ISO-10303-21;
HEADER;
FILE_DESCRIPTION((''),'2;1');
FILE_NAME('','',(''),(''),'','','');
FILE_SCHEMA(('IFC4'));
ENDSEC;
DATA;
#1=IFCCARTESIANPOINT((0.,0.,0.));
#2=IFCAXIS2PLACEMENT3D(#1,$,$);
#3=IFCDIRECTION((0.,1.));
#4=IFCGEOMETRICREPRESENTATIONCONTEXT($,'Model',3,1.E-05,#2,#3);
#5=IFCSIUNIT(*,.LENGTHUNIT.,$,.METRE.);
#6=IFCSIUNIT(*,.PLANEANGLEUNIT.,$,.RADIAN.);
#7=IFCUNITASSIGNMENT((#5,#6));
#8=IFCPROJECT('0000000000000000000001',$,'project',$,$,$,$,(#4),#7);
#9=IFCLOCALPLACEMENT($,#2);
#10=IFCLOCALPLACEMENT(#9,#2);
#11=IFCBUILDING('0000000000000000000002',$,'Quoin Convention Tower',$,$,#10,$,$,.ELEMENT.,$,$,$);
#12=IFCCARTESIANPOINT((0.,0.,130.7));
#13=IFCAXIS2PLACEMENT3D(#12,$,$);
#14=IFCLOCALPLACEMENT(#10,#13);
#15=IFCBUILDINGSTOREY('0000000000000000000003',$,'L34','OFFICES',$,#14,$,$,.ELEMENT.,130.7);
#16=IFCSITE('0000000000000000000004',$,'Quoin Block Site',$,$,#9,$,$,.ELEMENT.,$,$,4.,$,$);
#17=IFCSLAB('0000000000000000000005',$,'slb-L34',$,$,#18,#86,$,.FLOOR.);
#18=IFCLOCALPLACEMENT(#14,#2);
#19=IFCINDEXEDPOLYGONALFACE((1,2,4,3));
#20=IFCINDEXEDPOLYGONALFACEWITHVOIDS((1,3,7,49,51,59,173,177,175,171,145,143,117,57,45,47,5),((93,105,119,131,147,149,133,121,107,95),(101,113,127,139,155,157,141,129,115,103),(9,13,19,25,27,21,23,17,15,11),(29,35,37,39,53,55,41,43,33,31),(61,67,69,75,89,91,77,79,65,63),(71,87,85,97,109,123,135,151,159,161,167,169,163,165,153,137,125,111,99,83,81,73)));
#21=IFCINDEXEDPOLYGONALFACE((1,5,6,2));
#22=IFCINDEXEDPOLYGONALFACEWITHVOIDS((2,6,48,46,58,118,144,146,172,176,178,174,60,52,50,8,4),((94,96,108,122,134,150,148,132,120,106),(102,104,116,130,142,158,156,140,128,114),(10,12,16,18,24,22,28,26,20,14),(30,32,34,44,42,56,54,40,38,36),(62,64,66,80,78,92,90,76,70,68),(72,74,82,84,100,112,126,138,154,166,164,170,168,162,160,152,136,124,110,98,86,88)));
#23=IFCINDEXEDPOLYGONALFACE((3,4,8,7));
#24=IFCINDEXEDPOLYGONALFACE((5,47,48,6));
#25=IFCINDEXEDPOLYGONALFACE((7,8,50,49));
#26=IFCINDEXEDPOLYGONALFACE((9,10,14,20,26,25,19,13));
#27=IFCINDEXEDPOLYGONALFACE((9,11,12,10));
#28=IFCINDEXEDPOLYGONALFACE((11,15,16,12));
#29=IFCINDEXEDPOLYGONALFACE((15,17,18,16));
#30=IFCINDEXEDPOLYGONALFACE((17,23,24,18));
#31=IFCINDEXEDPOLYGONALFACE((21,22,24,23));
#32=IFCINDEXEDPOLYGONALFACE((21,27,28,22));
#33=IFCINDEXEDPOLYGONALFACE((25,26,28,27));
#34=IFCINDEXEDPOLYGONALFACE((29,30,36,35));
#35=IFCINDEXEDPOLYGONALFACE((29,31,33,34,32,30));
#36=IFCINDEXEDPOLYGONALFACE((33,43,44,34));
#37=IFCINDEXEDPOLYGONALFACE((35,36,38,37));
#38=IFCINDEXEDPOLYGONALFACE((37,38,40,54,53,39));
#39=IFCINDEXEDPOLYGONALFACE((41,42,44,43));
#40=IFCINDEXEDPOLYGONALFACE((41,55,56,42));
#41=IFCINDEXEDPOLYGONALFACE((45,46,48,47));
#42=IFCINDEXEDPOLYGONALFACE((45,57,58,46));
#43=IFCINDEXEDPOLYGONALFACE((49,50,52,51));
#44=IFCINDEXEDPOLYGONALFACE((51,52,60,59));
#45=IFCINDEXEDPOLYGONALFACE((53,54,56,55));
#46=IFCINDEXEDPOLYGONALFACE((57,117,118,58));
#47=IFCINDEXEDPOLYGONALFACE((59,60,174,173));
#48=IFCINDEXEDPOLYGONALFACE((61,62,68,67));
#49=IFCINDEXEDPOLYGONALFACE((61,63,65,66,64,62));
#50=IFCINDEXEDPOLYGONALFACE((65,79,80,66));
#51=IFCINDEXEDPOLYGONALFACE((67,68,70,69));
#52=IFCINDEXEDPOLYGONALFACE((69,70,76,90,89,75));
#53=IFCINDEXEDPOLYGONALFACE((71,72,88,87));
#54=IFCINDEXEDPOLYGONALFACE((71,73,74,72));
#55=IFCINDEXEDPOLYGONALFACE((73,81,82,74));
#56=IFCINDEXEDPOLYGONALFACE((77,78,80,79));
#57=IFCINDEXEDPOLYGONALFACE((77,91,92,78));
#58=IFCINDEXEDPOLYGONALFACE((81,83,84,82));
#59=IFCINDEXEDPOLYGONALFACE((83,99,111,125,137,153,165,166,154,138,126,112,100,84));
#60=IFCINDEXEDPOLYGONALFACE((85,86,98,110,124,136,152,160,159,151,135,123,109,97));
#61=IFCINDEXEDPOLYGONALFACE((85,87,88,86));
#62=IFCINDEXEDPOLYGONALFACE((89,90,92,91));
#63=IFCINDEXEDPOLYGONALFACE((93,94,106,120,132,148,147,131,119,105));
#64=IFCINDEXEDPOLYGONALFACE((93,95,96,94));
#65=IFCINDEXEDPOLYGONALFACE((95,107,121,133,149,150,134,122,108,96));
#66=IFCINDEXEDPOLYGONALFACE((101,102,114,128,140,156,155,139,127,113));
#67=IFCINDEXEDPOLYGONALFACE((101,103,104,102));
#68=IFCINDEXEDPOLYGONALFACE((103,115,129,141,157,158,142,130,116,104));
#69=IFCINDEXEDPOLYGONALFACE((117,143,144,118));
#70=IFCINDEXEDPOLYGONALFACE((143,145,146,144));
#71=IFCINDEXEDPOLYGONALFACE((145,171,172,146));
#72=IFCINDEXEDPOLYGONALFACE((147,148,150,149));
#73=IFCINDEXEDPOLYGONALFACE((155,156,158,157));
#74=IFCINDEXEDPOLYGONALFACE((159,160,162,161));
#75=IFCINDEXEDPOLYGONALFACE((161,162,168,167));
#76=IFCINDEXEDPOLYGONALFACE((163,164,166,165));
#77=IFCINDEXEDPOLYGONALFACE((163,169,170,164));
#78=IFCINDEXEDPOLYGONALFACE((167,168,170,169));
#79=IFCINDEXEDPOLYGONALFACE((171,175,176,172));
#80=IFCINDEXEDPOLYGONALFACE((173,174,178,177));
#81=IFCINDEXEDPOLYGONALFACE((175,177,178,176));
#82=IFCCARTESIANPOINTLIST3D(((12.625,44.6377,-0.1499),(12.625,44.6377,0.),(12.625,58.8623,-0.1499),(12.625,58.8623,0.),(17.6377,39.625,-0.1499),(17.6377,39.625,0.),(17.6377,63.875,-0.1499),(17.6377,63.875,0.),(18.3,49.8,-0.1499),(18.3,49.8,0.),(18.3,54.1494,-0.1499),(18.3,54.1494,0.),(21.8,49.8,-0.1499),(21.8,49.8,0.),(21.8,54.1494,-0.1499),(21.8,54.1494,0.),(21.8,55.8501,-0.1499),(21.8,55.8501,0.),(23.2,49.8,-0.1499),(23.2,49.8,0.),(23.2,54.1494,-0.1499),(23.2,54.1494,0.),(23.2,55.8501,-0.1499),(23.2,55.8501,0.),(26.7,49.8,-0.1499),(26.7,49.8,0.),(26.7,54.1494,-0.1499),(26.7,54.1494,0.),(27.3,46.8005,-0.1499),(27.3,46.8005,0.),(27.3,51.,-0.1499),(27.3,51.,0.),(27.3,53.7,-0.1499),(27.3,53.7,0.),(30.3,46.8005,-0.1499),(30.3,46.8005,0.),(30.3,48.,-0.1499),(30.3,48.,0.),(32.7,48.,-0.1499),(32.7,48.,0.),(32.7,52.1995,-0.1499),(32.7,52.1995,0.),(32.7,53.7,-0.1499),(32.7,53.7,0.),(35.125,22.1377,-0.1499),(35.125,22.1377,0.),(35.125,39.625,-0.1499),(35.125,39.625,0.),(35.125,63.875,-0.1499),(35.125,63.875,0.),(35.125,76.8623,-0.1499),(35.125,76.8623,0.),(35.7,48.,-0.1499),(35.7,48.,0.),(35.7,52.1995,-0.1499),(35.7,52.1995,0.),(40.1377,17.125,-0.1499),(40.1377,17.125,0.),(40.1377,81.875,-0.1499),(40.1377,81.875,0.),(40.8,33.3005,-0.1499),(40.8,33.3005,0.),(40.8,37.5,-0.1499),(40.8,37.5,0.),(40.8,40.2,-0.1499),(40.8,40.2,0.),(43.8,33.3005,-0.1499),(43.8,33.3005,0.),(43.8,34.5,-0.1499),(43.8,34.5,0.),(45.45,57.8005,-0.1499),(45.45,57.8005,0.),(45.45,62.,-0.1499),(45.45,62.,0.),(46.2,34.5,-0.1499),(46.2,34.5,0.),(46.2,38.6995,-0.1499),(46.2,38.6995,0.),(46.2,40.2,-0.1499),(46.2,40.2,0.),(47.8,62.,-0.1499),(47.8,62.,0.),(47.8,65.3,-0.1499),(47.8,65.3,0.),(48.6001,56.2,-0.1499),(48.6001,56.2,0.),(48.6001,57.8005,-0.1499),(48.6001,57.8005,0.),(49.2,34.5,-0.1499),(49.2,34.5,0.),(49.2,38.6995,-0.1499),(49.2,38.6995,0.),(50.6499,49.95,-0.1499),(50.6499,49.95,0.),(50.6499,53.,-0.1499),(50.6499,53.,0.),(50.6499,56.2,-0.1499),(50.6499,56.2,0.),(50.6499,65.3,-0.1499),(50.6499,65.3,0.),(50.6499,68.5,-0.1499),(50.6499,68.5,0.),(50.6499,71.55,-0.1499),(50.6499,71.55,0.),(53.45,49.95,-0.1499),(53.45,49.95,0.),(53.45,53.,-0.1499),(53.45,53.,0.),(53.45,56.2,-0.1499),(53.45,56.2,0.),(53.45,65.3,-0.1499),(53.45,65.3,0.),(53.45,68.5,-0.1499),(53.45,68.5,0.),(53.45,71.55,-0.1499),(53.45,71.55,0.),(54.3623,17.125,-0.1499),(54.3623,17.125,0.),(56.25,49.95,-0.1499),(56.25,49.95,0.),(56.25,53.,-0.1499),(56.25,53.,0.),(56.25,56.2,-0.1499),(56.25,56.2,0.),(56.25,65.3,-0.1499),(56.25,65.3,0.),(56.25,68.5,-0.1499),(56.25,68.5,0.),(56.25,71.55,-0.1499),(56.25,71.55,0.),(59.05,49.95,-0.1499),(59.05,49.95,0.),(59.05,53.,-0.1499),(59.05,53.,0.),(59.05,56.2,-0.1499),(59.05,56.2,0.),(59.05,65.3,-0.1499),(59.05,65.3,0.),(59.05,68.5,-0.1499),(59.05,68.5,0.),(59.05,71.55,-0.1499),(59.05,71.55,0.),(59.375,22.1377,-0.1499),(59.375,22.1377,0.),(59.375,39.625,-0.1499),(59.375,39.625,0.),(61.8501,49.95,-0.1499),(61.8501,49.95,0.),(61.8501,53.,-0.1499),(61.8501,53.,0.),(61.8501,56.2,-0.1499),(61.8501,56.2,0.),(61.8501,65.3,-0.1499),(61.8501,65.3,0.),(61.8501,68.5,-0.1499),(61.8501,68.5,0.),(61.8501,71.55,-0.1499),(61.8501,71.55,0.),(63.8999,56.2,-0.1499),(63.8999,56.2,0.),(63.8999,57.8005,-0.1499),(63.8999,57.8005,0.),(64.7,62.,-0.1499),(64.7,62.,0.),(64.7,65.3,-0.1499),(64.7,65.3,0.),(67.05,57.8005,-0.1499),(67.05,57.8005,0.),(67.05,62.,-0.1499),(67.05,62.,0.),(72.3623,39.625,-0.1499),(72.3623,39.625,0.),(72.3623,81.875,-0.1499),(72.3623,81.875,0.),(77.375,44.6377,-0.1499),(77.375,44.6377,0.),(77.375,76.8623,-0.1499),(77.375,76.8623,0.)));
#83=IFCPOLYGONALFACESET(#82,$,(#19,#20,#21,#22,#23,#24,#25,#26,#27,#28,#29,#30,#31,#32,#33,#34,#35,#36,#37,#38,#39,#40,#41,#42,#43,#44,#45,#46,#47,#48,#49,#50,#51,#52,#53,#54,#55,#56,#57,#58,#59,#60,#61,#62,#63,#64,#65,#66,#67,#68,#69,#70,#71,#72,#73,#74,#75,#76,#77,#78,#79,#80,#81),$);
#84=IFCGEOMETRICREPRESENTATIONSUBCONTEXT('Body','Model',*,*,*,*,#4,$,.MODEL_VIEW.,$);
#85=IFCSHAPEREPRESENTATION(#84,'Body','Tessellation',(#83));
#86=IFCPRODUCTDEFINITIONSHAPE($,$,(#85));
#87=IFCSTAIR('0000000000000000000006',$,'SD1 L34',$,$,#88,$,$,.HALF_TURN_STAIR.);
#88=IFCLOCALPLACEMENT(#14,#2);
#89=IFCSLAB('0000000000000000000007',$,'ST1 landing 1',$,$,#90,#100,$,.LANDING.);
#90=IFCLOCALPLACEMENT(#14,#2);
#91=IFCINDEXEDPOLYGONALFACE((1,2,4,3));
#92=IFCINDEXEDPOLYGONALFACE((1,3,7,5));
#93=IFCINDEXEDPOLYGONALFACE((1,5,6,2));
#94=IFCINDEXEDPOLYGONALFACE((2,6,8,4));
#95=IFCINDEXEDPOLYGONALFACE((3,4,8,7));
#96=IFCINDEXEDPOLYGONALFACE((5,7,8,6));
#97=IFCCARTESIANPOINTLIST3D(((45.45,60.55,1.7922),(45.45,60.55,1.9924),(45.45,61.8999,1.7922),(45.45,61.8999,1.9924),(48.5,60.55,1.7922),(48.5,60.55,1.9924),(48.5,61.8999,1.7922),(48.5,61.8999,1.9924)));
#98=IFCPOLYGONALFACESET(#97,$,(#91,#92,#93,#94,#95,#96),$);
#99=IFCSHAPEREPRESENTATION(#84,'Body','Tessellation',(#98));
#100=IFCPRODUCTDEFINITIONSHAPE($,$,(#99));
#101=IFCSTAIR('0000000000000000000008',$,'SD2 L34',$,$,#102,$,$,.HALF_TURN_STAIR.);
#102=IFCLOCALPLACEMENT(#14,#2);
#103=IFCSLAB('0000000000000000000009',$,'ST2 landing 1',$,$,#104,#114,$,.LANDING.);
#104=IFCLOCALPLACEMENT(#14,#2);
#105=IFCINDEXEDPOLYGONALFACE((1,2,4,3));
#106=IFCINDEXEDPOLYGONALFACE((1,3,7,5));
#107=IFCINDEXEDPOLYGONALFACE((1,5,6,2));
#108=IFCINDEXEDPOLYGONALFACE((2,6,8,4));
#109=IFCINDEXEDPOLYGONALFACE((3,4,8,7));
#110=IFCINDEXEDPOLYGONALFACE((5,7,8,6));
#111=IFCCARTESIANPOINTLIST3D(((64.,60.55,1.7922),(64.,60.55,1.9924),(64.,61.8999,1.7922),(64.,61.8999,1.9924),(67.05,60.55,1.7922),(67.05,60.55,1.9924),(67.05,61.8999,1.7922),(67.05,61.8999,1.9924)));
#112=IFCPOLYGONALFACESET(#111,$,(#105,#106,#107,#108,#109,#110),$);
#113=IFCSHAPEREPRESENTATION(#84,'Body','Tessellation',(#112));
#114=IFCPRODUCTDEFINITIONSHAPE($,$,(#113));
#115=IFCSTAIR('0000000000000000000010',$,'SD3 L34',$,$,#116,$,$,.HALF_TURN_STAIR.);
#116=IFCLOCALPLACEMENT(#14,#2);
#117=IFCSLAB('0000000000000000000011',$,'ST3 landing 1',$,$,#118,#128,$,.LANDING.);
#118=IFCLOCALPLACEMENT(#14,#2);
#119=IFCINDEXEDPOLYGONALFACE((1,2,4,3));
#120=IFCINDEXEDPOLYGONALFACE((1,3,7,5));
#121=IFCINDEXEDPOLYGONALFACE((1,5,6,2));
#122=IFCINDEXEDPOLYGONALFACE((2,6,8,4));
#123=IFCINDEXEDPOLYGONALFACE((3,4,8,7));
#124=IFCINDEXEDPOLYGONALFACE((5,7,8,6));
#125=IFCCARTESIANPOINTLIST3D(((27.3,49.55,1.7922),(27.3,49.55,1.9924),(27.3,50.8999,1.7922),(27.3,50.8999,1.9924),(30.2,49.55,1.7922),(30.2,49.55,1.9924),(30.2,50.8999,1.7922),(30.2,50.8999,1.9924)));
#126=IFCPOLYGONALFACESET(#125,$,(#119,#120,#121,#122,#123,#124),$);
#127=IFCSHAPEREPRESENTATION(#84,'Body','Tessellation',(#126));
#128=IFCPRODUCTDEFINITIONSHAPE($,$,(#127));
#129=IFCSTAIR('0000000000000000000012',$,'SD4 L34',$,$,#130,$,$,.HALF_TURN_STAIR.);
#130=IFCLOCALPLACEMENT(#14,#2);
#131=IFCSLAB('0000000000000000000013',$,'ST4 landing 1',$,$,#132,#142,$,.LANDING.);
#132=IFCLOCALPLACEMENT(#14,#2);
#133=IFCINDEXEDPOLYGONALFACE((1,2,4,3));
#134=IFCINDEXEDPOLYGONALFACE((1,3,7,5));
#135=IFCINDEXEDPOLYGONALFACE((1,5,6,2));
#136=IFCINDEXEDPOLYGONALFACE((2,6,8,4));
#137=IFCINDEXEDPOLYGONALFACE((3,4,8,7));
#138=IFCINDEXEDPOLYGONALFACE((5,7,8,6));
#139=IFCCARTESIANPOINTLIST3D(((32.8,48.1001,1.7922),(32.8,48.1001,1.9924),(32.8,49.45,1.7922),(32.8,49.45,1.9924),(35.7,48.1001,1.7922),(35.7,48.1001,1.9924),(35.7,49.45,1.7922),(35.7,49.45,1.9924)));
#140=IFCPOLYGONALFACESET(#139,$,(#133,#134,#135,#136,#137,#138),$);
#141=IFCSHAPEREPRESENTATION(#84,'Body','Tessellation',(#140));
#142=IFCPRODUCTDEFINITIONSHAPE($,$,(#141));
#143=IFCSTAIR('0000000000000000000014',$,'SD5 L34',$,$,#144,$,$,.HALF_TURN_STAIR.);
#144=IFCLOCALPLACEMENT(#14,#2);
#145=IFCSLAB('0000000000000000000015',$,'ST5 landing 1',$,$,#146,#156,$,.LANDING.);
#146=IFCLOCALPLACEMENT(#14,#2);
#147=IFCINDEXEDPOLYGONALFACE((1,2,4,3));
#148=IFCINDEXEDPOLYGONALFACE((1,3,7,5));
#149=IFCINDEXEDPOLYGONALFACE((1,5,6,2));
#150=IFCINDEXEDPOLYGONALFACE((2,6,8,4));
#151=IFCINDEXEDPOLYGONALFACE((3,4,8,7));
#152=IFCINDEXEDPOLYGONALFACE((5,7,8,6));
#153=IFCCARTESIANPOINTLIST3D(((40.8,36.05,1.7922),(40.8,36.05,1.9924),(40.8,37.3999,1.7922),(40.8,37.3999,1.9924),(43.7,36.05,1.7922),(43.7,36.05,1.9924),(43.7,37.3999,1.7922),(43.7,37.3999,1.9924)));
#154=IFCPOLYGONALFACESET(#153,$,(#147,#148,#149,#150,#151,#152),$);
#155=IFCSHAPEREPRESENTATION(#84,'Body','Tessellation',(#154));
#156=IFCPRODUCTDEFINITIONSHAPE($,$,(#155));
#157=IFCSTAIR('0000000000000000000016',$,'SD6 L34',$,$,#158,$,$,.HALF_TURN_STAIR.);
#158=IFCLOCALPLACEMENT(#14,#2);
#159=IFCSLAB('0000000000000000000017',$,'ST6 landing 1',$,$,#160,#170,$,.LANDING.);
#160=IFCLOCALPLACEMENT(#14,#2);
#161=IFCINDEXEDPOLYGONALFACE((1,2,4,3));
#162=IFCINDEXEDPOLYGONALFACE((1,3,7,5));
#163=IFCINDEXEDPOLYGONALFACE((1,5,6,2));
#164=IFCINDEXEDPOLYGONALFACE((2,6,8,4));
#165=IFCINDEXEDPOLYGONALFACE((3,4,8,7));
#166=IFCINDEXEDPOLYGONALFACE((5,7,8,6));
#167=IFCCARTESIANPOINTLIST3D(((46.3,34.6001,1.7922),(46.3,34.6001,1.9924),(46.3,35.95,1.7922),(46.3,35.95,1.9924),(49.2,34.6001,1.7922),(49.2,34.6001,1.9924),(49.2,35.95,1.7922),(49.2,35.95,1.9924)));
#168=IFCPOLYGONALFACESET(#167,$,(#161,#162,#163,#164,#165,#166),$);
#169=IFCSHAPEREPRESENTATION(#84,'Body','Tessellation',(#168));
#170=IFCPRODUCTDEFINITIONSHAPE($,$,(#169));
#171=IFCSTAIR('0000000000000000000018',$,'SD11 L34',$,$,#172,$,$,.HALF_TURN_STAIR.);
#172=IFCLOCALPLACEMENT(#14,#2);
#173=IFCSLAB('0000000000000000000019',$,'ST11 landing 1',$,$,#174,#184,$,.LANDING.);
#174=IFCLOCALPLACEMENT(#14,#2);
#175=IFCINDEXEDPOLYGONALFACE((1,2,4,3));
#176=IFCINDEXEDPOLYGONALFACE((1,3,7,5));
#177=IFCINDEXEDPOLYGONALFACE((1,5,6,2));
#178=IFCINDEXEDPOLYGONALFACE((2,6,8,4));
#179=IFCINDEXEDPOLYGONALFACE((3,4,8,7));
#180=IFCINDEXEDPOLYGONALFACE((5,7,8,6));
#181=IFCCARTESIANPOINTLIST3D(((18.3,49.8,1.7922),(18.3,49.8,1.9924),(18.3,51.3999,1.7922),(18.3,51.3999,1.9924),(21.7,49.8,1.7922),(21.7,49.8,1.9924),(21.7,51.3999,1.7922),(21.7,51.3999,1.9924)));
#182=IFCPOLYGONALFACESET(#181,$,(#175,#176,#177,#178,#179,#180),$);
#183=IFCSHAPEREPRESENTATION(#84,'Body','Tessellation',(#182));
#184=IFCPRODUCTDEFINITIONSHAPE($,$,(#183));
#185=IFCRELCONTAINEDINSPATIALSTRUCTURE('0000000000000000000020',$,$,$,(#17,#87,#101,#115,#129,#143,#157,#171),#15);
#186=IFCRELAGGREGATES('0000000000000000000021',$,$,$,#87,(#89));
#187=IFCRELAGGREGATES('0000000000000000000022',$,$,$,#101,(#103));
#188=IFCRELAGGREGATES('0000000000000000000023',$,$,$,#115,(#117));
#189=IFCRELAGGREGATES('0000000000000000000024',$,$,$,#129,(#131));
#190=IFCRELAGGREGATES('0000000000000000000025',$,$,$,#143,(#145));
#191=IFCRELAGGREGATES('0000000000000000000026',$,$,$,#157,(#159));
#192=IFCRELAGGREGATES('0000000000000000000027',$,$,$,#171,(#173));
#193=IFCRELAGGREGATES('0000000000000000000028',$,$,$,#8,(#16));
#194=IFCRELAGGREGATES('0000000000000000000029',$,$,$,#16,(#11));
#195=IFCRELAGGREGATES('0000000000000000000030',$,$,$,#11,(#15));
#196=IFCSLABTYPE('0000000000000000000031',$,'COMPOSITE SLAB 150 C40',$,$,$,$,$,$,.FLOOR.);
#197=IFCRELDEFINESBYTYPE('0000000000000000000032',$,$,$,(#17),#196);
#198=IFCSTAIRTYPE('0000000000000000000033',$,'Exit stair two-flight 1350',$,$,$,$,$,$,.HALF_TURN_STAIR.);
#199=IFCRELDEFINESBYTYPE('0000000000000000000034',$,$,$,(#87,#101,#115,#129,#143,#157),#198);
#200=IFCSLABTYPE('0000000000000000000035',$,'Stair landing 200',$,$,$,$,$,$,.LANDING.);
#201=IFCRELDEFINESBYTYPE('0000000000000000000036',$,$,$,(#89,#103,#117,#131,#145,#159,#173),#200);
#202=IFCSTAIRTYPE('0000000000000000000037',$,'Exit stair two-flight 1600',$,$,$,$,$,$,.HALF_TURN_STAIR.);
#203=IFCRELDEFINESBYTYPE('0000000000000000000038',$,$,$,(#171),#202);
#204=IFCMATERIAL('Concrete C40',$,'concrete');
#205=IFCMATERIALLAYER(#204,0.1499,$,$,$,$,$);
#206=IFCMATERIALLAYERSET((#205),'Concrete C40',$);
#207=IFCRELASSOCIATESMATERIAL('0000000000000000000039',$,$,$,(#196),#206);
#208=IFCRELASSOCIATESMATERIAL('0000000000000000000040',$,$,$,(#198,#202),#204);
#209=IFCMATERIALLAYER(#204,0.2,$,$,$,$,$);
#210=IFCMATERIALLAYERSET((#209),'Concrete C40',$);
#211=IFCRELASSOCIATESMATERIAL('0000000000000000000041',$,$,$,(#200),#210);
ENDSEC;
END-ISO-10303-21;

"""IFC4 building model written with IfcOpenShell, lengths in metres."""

from ifc_helpers import new_model, si_unit, direction, frame, origin, place, context, subcontext, project, spatial, polyline, outline, extrude, material, layer, layer_set, type_object, element, aggregate, save


model = new_model("IFC4")

# Units and contexts
model_context = context("Model", 3, precision=1e-05, world=origin(), true_north=direction((0.0, 1.0)))
body_context = subcontext(model_context, "Body", "Model", "MODEL_VIEW")
ifc_project = project(units=[si_unit("LENGTHUNIT", "METRE"), si_unit("PLANEANGLEUNIT", "RADIAN")], contexts=[model_context])

# Site, building, storey
site_placement = place(None, origin())
site = spatial("IfcSite", under=ifc_project, at=site_placement, Name="Quoin Block Site", CompositionType="ELEMENT", RefElevation=4.0)
building_placement = place(site_placement, origin())
building = spatial("IfcBuilding", under=site, at=building_placement, Name="Quoin Convention Tower", CompositionType="ELEMENT")
storey_placement = place(building_placement, frame((0.0, 0.0, 130.7)))
storey = spatial("IfcBuildingStorey", under=building, at=storey_placement, Name="L34", Description="OFFICES", CompositionType="ELEMENT", Elevation=130.7)

# Slab
ifc_material_1 = material(Name="Concrete C40", Category="concrete")
ifc_layer_1 = layer(ifc_material_1, 0.1499)
ifc_layer_set_1 = layer_set([ifc_layer_1], Name="Concrete C40")
slab_type_1 = type_object("IfcSlabType", Name="COMPOSITE SLAB 150 C40", PredefinedType="FLOOR", material=ifc_layer_set_1)
slab_1_placement = place(storey_placement, frame((0.0, 0.0, -0.1499)))
element("IfcSlab", 1, at=slab_1_placement, inside=storey, type_object=slab_type_1, Name="slb-L34", PredefinedType="FLOOR", context=body_context, shape_type="SweptSolid", body=[
    extrude(outline(polyline([(59.375, 22.1377), (54.3623, 17.125), (40.1377, 17.125), (35.125, 22.1377), (35.125, 39.625), (17.6377, 39.625), (12.625, 44.6377), (12.625, 58.8623), (17.6377, 63.875), (35.125, 63.875), (35.125, 76.8623), (40.1377, 81.875), (72.3623, 81.875), (77.375, 76.8623), (77.375, 44.6377), (72.3623, 39.625), (59.375, 39.625), (59.375, 22.1377)]), holes=[polyline([(40.8, 40.2), (40.8, 37.5), (40.8, 33.3005), (43.8, 33.3005), (43.8, 34.5), (46.2, 34.5), (49.2, 34.5), (49.2, 38.6995), (46.2, 38.6995), (46.2, 40.2), (40.8, 40.2)]), polyline([(35.7, 52.1995), (32.7, 52.1995), (32.7, 53.7), (27.3, 53.7), (27.3, 51.0), (27.3, 46.8005), (30.3, 46.8005), (30.3, 48.0), (32.7, 48.0), (35.7, 48.0), (35.7, 52.1995)]), polyline([(53.45, 49.95), (56.25, 49.95), (59.05, 49.95), (61.8501, 49.95), (61.8501, 53.0), (59.05, 53.0), (56.25, 53.0), (53.45, 53.0), (50.6499, 53.0), (50.6499, 49.95), (53.45, 49.95)]), polyline([(21.8, 55.8501), (21.8, 54.1494), (18.3, 54.1494), (18.3, 49.8), (21.8, 49.8), (23.2, 49.8), (26.7, 49.8), (26.7, 54.1494), (23.2, 54.1494), (23.2, 55.8501), (21.8, 55.8501)]), polyline([(48.6001, 57.8005), (48.6001, 56.2), (50.6499, 56.2), (53.45, 56.2), (56.25, 56.2), (59.05, 56.2), (61.8501, 56.2), (63.8999, 56.2), (63.8999, 57.8005), (67.05, 57.8005), (67.05, 62.0), (64.7, 62.0), (64.7, 65.3), (61.8501, 65.3), (59.05, 65.3), (56.25, 65.3), (53.45, 65.3), (50.6499, 65.3), (47.8, 65.3), (47.8, 62.0), (45.45, 62.0), (45.45, 57.8005), (48.6001, 57.8005)]), polyline([(50.6499, 68.5), (53.45, 68.5), (56.25, 68.5), (59.05, 68.5), (61.8501, 68.5), (61.8501, 71.55), (59.05, 71.55), (56.25, 71.55), (53.45, 71.55), (50.6499, 71.55), (50.6499, 68.5)])]), origin(), (0.0, 0.0, 1.0), 0.1499),
])

# Stairs, slabs
stair_type_1 = type_object("IfcStairType", Name="Exit stair two-flight 1350", PredefinedType="HALF_TURN_STAIR", material=ifc_material_1)
stair_1_placement = place(storey_placement, origin())
stair_1 = element("IfcStair", 2, at=stair_1_placement, inside=storey, type_object=stair_type_1, Name="SD1 L34", PredefinedType="HALF_TURN_STAIR")
ifc_layer_2 = layer(ifc_material_1, 0.2)
ifc_layer_set_2 = layer_set([ifc_layer_2], Name="Concrete C40")
slab_type_2 = type_object("IfcSlabType", Name="Stair landing 200", PredefinedType="LANDING", material=ifc_layer_set_2)
slab_2_placement = place(storey_placement, frame((0.0, 0.0, 1.7922)))
slab_2 = element("IfcSlab", 3, at=slab_2_placement, type_object=slab_type_2, Name="ST1 landing 1", PredefinedType="LANDING", context=body_context, shape_type="SweptSolid", body=[
    extrude(outline(polyline([(45.45, 60.55), (48.5, 60.55), (48.5, 61.8999), (45.45, 61.8999), (45.45, 60.55)])), origin(), (0.0, 0.0, 1.0), 0.2002),
])
aggregate(stair_1, [slab_2])
stair_2_placement = place(storey_placement, origin())
stair_2 = element("IfcStair", 4, at=stair_2_placement, inside=storey, type_object=stair_type_1, Name="SD2 L34", PredefinedType="HALF_TURN_STAIR")
slab_3_placement = place(storey_placement, frame((0.0, 0.0, 1.7922)))
slab_3 = element("IfcSlab", 5, at=slab_3_placement, type_object=slab_type_2, Name="ST2 landing 1", PredefinedType="LANDING", context=body_context, shape_type="SweptSolid", body=[
    extrude(outline(polyline([(64.0, 60.55), (67.05, 60.55), (67.05, 61.8999), (64.0, 61.8999), (64.0, 60.55)])), origin(), (0.0, 0.0, 1.0), 0.2002),
])
aggregate(stair_2, [slab_3])
stair_3_placement = place(storey_placement, origin())
stair_3 = element("IfcStair", 6, at=stair_3_placement, inside=storey, type_object=stair_type_1, Name="SD3 L34", PredefinedType="HALF_TURN_STAIR")
slab_4_placement = place(storey_placement, frame((0.0, 0.0, 1.7922)))
slab_4 = element("IfcSlab", 7, at=slab_4_placement, type_object=slab_type_2, Name="ST3 landing 1", PredefinedType="LANDING", context=body_context, shape_type="SweptSolid", body=[
    extrude(outline(polyline([(27.3, 49.55), (30.2, 49.55), (30.2, 50.8999), (27.3, 50.8999), (27.3, 49.55)])), origin(), (0.0, 0.0, 1.0), 0.2002),
])
aggregate(stair_3, [slab_4])
stair_4_placement = place(storey_placement, origin())
stair_4 = element("IfcStair", 8, at=stair_4_placement, inside=storey, type_object=stair_type_1, Name="SD4 L34", PredefinedType="HALF_TURN_STAIR")
slab_5_placement = place(storey_placement, frame((0.0, 0.0, 1.7922)))
slab_5 = element("IfcSlab", 9, at=slab_5_placement, type_object=slab_type_2, Name="ST4 landing 1", PredefinedType="LANDING", context=body_context, shape_type="SweptSolid", body=[
    extrude(outline(polyline([(35.7, 49.45), (32.8, 49.45), (32.8, 48.1001), (35.7, 48.1001), (35.7, 49.45)])), origin(), (0.0, 0.0, 1.0), 0.2002),
])
aggregate(stair_4, [slab_5])
stair_5_placement = place(storey_placement, origin())
stair_5 = element("IfcStair", 10, at=stair_5_placement, inside=storey, type_object=stair_type_1, Name="SD5 L34", PredefinedType="HALF_TURN_STAIR")
slab_6_placement = place(storey_placement, frame((0.0, 0.0, 1.7922)))
slab_6 = element("IfcSlab", 11, at=slab_6_placement, type_object=slab_type_2, Name="ST5 landing 1", PredefinedType="LANDING", context=body_context, shape_type="SweptSolid", body=[
    extrude(outline(polyline([(40.8, 36.05), (43.7, 36.05), (43.7, 37.3999), (40.8, 37.3999), (40.8, 36.05)])), origin(), (0.0, 0.0, 1.0), 0.2002),
])
aggregate(stair_5, [slab_6])
stair_6_placement = place(storey_placement, origin())
stair_6 = element("IfcStair", 12, at=stair_6_placement, inside=storey, type_object=stair_type_1, Name="SD6 L34", PredefinedType="HALF_TURN_STAIR")
slab_7_placement = place(storey_placement, frame((0.0, 0.0, 1.7922)))
slab_7 = element("IfcSlab", 13, at=slab_7_placement, type_object=slab_type_2, Name="ST6 landing 1", PredefinedType="LANDING", context=body_context, shape_type="SweptSolid", body=[
    extrude(outline(polyline([(49.2, 35.95), (46.3, 35.95), (46.3, 34.6001), (49.2, 34.6001), (49.2, 35.95)])), origin(), (0.0, 0.0, 1.0), 0.2002),
])
aggregate(stair_6, [slab_7])
stair_type_2 = type_object("IfcStairType", Name="Exit stair two-flight 1600", PredefinedType="HALF_TURN_STAIR", material=ifc_material_1)
stair_7_placement = place(storey_placement, origin())
stair_7 = element("IfcStair", 14, at=stair_7_placement, inside=storey, type_object=stair_type_2, Name="SD11 L34", PredefinedType="HALF_TURN_STAIR")
slab_8_placement = place(storey_placement, frame((0.0, 0.0, 1.7922)))
slab_8 = element("IfcSlab", 15, at=slab_8_placement, type_object=slab_type_2, Name="ST11 landing 1", PredefinedType="LANDING", context=body_context, shape_type="SweptSolid", body=[
    extrude(outline(polyline([(21.7, 51.3999), (18.3, 51.3999), (18.3, 49.8), (21.7, 49.8), (21.7, 51.3999)])), origin(), (0.0, 0.0, 1.0), 0.2002),
])
aggregate(stair_7, [slab_8])

save(model, "model.ifc")
